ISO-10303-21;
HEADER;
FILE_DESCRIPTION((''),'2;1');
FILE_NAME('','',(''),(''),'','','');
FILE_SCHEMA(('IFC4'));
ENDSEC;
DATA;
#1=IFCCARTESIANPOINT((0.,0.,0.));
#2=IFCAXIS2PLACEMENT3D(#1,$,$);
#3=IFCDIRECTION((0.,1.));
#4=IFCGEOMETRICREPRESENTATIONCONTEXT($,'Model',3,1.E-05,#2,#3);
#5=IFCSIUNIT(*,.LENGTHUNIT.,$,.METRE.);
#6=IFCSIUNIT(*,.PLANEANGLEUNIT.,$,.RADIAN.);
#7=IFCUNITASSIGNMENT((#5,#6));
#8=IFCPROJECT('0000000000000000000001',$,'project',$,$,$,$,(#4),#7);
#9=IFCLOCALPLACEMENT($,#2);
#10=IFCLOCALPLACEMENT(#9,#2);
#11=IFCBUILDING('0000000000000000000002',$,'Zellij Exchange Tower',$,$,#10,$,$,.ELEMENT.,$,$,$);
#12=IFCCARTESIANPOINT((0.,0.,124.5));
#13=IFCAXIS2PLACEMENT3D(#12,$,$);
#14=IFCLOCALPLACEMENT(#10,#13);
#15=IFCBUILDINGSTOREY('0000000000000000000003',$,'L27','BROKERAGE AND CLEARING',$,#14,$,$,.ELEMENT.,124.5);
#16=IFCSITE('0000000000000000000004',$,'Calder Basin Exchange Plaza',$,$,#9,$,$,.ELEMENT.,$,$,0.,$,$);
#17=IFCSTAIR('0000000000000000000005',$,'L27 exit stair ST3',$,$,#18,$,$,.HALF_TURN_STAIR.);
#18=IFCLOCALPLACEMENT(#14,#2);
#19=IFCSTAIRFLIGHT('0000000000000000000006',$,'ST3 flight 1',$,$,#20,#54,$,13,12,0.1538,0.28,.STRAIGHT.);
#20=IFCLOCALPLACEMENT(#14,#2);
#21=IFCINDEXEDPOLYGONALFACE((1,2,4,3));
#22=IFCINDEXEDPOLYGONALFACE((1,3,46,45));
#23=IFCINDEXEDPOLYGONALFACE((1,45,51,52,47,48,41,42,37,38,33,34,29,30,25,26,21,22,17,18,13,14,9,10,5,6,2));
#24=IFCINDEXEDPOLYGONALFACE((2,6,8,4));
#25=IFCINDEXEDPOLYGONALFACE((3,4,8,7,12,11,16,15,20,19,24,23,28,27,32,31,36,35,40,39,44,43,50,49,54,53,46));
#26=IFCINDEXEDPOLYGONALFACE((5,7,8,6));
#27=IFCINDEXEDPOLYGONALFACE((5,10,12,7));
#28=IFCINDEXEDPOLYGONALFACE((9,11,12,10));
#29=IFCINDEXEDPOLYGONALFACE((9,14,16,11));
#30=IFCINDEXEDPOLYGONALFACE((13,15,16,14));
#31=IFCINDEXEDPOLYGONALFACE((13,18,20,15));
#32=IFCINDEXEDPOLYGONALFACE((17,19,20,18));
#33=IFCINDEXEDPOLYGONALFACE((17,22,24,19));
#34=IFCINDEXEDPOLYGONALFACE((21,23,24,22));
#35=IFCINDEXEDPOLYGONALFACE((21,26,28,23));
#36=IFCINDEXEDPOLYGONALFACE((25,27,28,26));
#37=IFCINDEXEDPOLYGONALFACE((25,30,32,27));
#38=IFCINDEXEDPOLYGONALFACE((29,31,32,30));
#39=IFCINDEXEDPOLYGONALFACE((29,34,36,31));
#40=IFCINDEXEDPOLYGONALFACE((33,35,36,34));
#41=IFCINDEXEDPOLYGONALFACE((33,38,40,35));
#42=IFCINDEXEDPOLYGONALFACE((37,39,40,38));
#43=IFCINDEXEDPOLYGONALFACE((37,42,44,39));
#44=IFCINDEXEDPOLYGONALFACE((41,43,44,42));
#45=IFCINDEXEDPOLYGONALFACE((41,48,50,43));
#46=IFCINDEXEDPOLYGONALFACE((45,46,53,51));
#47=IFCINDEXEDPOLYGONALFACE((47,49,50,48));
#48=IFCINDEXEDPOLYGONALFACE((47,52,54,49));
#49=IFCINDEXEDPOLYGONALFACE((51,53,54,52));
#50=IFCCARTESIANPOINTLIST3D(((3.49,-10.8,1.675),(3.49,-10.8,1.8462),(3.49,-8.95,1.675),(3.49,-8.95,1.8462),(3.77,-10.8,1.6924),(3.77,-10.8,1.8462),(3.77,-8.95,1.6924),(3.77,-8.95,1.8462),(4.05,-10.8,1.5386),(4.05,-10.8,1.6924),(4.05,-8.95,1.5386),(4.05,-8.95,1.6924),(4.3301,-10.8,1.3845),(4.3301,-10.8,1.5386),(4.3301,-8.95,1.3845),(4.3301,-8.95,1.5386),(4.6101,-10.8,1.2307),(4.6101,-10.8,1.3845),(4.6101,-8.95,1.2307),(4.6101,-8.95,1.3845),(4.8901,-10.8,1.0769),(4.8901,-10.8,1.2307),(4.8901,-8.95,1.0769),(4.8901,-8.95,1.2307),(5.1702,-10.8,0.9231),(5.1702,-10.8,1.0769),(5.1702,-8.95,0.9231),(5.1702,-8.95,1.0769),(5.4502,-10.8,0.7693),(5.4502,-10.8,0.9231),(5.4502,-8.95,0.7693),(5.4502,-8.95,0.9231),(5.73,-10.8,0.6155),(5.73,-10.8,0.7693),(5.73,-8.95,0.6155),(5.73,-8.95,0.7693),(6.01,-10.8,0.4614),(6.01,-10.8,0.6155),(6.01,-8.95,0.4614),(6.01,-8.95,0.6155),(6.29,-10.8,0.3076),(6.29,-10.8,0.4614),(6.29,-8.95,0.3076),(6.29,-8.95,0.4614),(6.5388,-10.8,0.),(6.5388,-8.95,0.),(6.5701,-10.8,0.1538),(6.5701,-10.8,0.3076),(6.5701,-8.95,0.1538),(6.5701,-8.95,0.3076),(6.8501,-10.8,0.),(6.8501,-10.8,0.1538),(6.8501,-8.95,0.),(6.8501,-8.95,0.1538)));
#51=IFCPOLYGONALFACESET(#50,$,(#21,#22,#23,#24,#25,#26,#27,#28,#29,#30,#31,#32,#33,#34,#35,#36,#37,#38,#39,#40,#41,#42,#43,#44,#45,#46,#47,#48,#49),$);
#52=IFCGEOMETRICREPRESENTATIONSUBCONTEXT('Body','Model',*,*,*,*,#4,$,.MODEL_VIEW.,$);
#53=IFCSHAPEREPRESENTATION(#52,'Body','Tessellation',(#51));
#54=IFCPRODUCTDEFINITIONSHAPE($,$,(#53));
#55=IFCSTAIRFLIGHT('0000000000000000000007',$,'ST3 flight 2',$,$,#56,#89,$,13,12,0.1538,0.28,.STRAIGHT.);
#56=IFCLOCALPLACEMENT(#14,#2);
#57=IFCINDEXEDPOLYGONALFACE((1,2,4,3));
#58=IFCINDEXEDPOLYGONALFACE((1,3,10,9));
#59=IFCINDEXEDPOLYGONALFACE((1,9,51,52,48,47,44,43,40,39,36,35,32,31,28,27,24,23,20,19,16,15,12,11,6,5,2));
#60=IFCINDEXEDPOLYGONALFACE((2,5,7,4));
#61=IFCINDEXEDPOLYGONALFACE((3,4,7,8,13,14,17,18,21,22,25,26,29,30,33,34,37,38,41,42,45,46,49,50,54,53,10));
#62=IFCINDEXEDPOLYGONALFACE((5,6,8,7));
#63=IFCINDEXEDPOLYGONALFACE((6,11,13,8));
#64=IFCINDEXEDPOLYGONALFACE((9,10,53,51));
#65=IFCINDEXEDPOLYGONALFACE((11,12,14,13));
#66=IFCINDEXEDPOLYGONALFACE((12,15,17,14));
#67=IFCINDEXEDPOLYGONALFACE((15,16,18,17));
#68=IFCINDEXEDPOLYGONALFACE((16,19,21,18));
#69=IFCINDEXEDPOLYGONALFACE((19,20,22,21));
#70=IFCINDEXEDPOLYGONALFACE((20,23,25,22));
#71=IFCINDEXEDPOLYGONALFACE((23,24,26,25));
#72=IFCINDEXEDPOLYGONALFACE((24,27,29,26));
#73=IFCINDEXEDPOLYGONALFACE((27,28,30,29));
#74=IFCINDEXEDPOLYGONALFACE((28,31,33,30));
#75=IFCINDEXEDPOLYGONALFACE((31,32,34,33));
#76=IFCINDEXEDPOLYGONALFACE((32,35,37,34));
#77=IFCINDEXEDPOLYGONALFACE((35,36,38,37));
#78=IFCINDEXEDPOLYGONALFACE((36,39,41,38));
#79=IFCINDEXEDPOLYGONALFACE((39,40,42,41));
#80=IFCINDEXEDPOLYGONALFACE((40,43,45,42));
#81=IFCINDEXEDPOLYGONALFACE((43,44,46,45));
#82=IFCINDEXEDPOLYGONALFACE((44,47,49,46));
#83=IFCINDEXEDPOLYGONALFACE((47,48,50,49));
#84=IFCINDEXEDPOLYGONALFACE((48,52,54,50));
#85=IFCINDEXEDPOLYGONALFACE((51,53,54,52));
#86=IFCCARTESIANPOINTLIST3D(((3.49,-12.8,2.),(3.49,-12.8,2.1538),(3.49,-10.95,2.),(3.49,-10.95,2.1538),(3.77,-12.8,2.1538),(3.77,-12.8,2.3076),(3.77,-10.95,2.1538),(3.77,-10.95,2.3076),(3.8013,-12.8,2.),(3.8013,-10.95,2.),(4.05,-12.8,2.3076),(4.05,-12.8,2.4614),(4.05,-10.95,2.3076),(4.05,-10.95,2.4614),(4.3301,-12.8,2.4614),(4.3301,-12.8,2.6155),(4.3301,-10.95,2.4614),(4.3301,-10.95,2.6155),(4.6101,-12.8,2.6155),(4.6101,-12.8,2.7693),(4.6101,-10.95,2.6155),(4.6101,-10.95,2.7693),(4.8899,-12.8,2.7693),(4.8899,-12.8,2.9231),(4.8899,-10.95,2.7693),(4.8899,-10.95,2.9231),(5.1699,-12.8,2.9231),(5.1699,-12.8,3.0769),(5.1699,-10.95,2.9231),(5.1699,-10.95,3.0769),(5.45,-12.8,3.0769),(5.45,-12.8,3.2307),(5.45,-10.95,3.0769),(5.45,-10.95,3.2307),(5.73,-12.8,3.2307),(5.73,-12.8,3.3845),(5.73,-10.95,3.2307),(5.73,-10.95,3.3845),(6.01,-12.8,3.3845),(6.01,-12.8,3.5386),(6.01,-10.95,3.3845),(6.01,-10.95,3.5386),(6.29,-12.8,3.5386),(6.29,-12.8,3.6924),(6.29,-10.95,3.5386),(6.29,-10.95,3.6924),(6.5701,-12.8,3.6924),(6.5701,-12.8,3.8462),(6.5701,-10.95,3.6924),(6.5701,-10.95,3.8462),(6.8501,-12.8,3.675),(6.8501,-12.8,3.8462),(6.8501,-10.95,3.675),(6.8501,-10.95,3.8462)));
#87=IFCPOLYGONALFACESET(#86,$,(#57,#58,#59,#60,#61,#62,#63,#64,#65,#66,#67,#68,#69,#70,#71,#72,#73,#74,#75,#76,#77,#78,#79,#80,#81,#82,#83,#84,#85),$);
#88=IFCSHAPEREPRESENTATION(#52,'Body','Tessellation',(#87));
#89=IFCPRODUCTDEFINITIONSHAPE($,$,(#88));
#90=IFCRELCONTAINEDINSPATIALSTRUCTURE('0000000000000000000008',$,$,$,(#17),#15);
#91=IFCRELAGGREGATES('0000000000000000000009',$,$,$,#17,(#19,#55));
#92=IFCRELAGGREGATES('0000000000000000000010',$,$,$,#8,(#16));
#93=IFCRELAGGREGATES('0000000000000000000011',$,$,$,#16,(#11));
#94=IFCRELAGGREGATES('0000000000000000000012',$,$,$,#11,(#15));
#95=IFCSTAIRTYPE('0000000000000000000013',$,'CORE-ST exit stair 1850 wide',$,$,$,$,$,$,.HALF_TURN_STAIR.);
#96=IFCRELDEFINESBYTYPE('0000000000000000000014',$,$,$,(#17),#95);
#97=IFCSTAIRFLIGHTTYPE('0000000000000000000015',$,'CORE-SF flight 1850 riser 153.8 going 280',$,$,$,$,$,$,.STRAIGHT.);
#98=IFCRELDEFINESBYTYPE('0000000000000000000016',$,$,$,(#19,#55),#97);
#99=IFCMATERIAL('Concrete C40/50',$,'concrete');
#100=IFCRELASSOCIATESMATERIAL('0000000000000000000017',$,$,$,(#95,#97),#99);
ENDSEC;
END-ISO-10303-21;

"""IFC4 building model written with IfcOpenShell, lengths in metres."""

from ifc_helpers import new_model, si_unit, direction, frame, origin, place, context, subcontext, project, spatial, polyline, outline, extrude, material, type_object, element, aggregate, save


model = new_model("IFC4")

# Units and contexts
model_context = context("Model", 3, precision=1e-05, world=origin(), true_north=direction((0.0, 1.0)))
body_context = subcontext(model_context, "Body", "Model", "MODEL_VIEW")
ifc_project = project(units=[si_unit("LENGTHUNIT", "METRE"), si_unit("PLANEANGLEUNIT", "RADIAN")], contexts=[model_context])

# Site, building, storey
site_placement = place(None, origin())
site = spatial("IfcSite", under=ifc_project, at=site_placement, Name="Calder Basin Exchange Plaza", CompositionType="ELEMENT", RefElevation=0.0)
building_placement = place(site_placement, origin())
building = spatial("IfcBuilding", under=site, at=building_placement, Name="Zellij Exchange Tower", CompositionType="ELEMENT")
storey_placement = place(building_placement, frame((0.0, 0.0, 124.5)))
storey = spatial("IfcBuildingStorey", under=building, at=storey_placement, Name="L27", Description="BROKERAGE AND CLEARING", CompositionType="ELEMENT", Elevation=124.5)

# Stair, stair flights
ifc_material_1 = material(Name="Concrete C40/50", Category="concrete")
stair_type = type_object("IfcStairType", Name="CORE-ST exit stair 1850 wide", PredefinedType="HALF_TURN_STAIR", material=ifc_material_1)
stair_placement = place(storey_placement, origin())
stair = element("IfcStair", 1, at=stair_placement, inside=storey, type_object=stair_type, Name="L27 exit stair ST3", PredefinedType="HALF_TURN_STAIR")
stair_flight_type = type_object("IfcStairFlightType", Name="CORE-SF flight 1850 riser 153.8 going 280", PredefinedType="STRAIGHT", material=ifc_material_1)
stair_flight_1_placement = place(storey_placement, frame((6.8501, -9.875, 0.0), z_axis=(0.0, 0.0, 1.0), x_axis=(-1.0, 0.0, 0.0)))
stair_flight_1 = element("IfcStairFlight", 2, at=stair_flight_1_placement, type_object=stair_flight_type, Name="ST3 flight 1", NumberOfRisers=13, NumberOfTreads=12, PredefinedType="STRAIGHT", RiserHeight=0.1538, TreadLength=0.28, context=body_context, shape_type="SweptSolid", body=[
    extrude(outline(polyline([(0.0, 0.0), (0.0, 0.1538), (0.28, 0.1538), (0.28, 0.3076), (0.5601, 0.3076), (0.5601, 0.4614), (0.8401, 0.4614), (0.8401, 0.6155), (1.1201, 0.6155), (1.1201, 0.7693), (1.3999, 0.7693), (1.3999, 0.9231), (1.6799, 0.9231), (1.6799, 1.0769), (1.96, 1.0769), (1.96, 1.2307), (2.24, 1.2307), (2.24, 1.3845), (2.52, 1.3845), (2.52, 1.5386), (2.8, 1.5386), (2.8, 1.6924), (3.0801, 1.6924), (3.0801, 1.8462), (3.3601, 1.8462), (3.3601, 2.0), (3.3601, 1.675), (0.3113, 0.0), (0.0, 0.0)])), frame((0.0, 0.925, 0.0), z_axis=(0.0, -1.0, 0.0), x_axis=(1.0, 0.0, 0.0)), (0.0, 0.0, 1.0), 1.8501),
])
stair_flight_2_placement = place(storey_placement, frame((3.49, -11.875, 2.0), z_axis=(0.0, 0.0, 1.0), x_axis=(1.0, 0.0, 0.0)))
stair_flight_2 = element("IfcStairFlight", 3, at=stair_flight_2_placement, type_object=stair_flight_type, Name="ST3 flight 2", NumberOfRisers=13, NumberOfTreads=12, PredefinedType="STRAIGHT", RiserHeight=0.1538, TreadLength=0.28, context=body_context, shape_type="SweptSolid", body=[
    extrude(outline(polyline([(0.0, 0.0), (0.0, 0.1538), (0.28, 0.1538), (0.28, 0.3076), (0.5601, 0.3076), (0.5601, 0.4614), (0.8401, 0.4614), (0.8401, 0.6155), (1.1201, 0.6155), (1.1201, 0.7693), (1.3999, 0.7693), (1.3999, 0.9231), (1.6799, 0.9231), (1.6799, 1.0769), (1.96, 1.0769), (1.96, 1.2307), (2.24, 1.2307), (2.24, 1.3845), (2.52, 1.3845), (2.52, 1.5386), (2.8, 1.5386), (2.8, 1.6924), (3.0801, 1.6924), (3.0801, 1.8462), (3.3601, 1.8462), (3.3601, 2.0), (3.3601, 1.675), (0.3113, 0.0), (0.0, 0.0)])), frame((0.0, 0.925, 0.0), z_axis=(0.0, -1.0, 0.0), x_axis=(1.0, 0.0, 0.0)), (0.0, 0.0, 1.0), 1.8501),
])
aggregate(stair, [stair_flight_1, stair_flight_2])

save(model, "model.ifc")
